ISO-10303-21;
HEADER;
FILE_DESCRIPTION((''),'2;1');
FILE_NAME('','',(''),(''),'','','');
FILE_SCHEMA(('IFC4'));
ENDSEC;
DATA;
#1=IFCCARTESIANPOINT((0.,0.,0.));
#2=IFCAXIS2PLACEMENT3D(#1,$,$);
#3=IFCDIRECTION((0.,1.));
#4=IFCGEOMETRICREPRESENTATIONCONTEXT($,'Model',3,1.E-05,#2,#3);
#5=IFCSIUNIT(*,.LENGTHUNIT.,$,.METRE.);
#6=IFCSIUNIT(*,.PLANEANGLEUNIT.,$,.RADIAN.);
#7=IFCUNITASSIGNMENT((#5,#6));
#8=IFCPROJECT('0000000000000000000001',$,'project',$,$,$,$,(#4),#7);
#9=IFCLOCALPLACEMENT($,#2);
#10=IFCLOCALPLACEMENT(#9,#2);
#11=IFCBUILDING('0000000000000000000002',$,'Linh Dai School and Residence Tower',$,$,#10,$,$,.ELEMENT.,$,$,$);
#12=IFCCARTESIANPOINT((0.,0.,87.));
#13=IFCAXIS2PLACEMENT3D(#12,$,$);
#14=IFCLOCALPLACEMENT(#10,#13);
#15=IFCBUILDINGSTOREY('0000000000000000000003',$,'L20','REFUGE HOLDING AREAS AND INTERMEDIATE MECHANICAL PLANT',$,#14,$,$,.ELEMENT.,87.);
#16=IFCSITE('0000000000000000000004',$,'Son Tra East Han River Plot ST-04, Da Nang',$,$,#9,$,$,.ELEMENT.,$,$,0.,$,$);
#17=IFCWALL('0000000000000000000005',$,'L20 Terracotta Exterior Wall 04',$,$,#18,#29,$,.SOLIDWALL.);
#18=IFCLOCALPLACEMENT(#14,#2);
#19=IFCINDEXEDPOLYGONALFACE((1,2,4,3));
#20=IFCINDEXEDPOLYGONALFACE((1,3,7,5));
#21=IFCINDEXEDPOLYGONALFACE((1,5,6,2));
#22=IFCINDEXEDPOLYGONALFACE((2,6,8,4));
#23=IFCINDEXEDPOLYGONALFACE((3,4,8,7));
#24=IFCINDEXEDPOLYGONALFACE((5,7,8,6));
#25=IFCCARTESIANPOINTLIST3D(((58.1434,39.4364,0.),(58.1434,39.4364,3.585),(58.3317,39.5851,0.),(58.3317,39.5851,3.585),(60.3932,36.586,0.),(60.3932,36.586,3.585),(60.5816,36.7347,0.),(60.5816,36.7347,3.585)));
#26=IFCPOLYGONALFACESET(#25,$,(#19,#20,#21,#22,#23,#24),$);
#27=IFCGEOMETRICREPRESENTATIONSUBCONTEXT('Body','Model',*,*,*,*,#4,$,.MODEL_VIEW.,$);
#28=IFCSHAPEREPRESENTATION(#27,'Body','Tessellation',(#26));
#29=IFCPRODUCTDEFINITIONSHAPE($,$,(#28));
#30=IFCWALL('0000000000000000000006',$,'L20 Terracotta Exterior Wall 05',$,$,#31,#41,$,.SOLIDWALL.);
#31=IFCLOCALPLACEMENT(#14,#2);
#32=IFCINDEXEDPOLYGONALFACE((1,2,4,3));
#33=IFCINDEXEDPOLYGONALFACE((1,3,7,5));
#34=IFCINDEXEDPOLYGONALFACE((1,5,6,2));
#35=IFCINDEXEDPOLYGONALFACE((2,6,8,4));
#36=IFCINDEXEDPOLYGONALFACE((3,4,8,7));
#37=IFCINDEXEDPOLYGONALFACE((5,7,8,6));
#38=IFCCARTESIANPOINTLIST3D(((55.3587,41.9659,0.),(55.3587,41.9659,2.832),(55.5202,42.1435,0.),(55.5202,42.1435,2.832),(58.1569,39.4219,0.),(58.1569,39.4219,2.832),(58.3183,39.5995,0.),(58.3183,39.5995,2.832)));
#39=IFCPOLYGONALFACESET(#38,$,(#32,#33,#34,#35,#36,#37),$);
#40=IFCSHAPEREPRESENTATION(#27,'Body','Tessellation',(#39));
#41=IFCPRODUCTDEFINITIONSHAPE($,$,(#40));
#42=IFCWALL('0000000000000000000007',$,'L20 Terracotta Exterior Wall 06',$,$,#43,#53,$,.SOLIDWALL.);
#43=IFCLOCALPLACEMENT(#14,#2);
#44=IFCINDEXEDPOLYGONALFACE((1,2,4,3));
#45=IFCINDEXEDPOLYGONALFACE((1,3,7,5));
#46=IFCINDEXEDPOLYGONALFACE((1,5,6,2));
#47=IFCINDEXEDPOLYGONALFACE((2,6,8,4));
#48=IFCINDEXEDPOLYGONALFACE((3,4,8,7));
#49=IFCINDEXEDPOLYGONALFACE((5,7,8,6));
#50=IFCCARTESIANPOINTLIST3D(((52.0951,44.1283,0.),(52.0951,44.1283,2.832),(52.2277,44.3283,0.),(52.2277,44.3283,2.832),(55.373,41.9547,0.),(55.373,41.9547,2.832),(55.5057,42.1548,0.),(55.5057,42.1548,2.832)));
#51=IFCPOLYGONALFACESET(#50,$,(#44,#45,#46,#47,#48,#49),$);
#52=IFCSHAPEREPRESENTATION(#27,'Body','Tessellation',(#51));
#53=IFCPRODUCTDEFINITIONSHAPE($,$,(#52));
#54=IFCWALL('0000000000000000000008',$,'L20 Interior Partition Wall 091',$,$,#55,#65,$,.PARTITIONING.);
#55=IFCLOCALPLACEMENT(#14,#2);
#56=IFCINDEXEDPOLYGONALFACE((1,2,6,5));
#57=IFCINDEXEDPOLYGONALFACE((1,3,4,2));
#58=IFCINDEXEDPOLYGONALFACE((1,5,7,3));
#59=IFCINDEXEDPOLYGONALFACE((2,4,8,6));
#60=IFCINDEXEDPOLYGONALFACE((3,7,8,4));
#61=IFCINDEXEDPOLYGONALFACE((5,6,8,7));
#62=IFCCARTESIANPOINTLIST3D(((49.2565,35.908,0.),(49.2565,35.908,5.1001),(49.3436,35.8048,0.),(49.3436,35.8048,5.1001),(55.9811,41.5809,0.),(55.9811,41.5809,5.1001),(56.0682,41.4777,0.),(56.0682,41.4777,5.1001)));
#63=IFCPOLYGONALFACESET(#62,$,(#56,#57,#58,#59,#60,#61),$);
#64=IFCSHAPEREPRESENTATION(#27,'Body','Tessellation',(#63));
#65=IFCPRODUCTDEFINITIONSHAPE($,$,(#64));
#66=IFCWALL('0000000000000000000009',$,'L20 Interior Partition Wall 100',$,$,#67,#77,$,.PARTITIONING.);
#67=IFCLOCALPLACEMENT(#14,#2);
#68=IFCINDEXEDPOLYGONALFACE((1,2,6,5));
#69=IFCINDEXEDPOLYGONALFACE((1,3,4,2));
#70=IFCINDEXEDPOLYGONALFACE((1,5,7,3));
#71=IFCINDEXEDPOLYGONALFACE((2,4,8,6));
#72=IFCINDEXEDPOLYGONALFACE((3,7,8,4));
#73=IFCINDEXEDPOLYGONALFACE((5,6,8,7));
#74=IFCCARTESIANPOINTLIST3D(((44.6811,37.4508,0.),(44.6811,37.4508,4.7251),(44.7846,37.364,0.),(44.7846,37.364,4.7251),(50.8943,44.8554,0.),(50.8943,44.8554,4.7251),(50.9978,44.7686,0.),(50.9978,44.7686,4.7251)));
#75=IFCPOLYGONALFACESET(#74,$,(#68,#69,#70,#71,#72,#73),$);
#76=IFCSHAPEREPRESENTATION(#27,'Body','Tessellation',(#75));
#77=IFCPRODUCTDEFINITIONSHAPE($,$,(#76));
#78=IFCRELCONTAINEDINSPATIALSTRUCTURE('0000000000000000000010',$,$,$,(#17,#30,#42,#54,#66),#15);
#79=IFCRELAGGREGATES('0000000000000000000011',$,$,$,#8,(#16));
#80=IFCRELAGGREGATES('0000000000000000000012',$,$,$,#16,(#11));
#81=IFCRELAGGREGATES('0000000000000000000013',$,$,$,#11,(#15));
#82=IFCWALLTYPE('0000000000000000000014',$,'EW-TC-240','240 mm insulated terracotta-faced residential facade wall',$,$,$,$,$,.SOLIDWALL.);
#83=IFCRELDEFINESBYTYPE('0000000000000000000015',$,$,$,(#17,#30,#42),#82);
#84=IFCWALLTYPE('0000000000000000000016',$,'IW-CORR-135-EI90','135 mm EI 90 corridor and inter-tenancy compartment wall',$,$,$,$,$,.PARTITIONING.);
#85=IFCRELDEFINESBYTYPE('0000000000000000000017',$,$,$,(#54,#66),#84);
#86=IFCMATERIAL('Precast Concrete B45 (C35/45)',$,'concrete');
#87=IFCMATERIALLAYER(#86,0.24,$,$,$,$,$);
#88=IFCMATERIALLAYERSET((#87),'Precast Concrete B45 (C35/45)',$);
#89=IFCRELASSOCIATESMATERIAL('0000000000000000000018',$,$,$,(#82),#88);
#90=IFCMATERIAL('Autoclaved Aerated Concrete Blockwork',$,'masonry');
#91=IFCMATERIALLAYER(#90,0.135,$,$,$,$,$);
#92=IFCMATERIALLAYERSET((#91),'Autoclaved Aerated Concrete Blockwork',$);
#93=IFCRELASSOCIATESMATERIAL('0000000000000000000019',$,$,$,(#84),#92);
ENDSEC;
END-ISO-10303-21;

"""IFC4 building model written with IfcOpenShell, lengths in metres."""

from ifc_helpers import new_model, si_unit, direction, frame, frame_2d, origin, place, context, subcontext, project, spatial, rectangle, extrude, material, layer, layer_set, type_object, element, save


model = new_model("IFC4")

# Units and contexts
model_context = context("Model", 3, precision=1e-05, world=origin(), true_north=direction((0.0, 1.0)))
body_context = subcontext(model_context, "Body", "Model", "MODEL_VIEW")
ifc_project = project(units=[si_unit("LENGTHUNIT", "METRE"), si_unit("PLANEANGLEUNIT", "RADIAN")], contexts=[model_context])

# Site, building, storey
site_placement = place(None, origin())
site = spatial("IfcSite", under=ifc_project, at=site_placement, Name="Son Tra East Han River Plot ST-04, Da Nang", CompositionType="ELEMENT", RefElevation=0.0)
building_placement = place(site_placement, origin())
building = spatial("IfcBuilding", under=site, at=building_placement, Name="Linh Dai School and Residence Tower", CompositionType="ELEMENT")
storey_placement = place(building_placement, frame((0.0, 0.0, 87.0)))
storey = spatial("IfcBuildingStorey", under=building, at=storey_placement, Name="L20", Description="REFUGE HOLDING AREAS AND INTERMEDIATE MECHANICAL PLANT", CompositionType="ELEMENT", Elevation=87.0)

# Walls
ifc_material_1 = material(Name="Precast Concrete B45 (C35/45)", Category="concrete")
ifc_layer_1 = layer(ifc_material_1, 0.24)
ifc_layer_set_1 = layer_set([ifc_layer_1], Name="Precast Concrete B45 (C35/45)")
wall_type_1 = type_object("IfcWallType", Name="EW-TC-240", Description="240 mm insulated terracotta-faced residential facade wall", PredefinedType="SOLIDWALL", material=ifc_layer_set_1)
wall_1_placement = place(storey_placement, frame((58.2375, 39.5107, 0.0), z_axis=(0.0, 0.0, 1.0), x_axis=(0.619557, -0.784952, 0.0)))
element("IfcWall", 1, at=wall_1_placement, inside=storey, type_object=wall_type_1, Name="L20 Terracotta Exterior Wall 04", PredefinedType="SOLIDWALL", context=body_context, shape_type="SweptSolid", body=[
    extrude(rectangle(XDim=3.6313, YDim=0.24, at=frame_2d((1.8157, 0.0))), origin(), (0.0, 0.0, 1.0), 3.585),
])
wall_2_placement = place(storey_placement, frame((55.4395, 42.0547, 0.0), z_axis=(0.0, 0.0, 1.0), x_axis=(0.739911, -0.672705, 0.0)))
element("IfcWall", 2, at=wall_2_placement, inside=storey, type_object=wall_type_1, Name="L20 Terracotta Exterior Wall 05", PredefinedType="SOLIDWALL", context=body_context, shape_type="SweptSolid", body=[
    extrude(rectangle(XDim=3.7817, YDim=0.24, at=frame_2d((1.8909, 0.0))), origin(), (0.0, 0.0, 1.0), 2.832),
])
wall_3_placement = place(storey_placement, frame((52.1614, 44.2283, 0.0), z_axis=(0.0, 0.0, 1.0), x_axis=(0.833432, -0.552621, 0.0)))
element("IfcWall", 3, at=wall_3_placement, inside=storey, type_object=wall_type_1, Name="L20 Terracotta Exterior Wall 06", PredefinedType="SOLIDWALL", context=body_context, shape_type="SweptSolid", body=[
    extrude(rectangle(XDim=3.9331, YDim=0.24, at=frame_2d((1.9666, 0.0))), origin(), (0.0, 0.0, 1.0), 2.832),
])
ifc_material_2 = material(Name="Autoclaved Aerated Concrete Blockwork", Category="masonry")
ifc_layer_2 = layer(ifc_material_2, 0.135)
ifc_layer_set_2 = layer_set([ifc_layer_2], Name="Autoclaved Aerated Concrete Blockwork")
wall_type_2 = type_object("IfcWallType", Name="IW-CORR-135-EI90", Description="135 mm EI 90 corridor and inter-tenancy compartment wall", PredefinedType="PARTITIONING", material=ifc_layer_set_2)
wall_4_placement = place(storey_placement, frame((56.0247, 41.5293, 0.0), z_axis=(0.0, 0.0, 1.0), x_axis=(-0.76435, -0.644802, 0.0)))
element("IfcWall", 4, at=wall_4_placement, inside=storey, type_object=wall_type_2, Name="L20 Interior Partition Wall 091", PredefinedType="PARTITIONING", context=body_context, shape_type="SweptSolid", body=[
    extrude(rectangle(XDim=8.7979, YDim=0.135, at=frame_2d((4.3989, 0.0))), origin(), (0.0, 0.0, 1.0), 5.1001),
])
wall_5_placement = place(storey_placement, frame((50.946, 44.812, 0.0), z_axis=(0.0, 0.0, 1.0), x_axis=(-0.642787, -0.766045, 0.0)))
element("IfcWall", 5, at=wall_5_placement, inside=storey, type_object=wall_type_2, Name="L20 Interior Partition Wall 100", PredefinedType="PARTITIONING", context=body_context, shape_type="SweptSolid", body=[
    extrude(rectangle(XDim=9.666, YDim=0.135, at=frame_2d((4.833, 0.0))), origin(), (0.0, 0.0, 1.0), 4.7251),
])

save(model, "model.ifc")
